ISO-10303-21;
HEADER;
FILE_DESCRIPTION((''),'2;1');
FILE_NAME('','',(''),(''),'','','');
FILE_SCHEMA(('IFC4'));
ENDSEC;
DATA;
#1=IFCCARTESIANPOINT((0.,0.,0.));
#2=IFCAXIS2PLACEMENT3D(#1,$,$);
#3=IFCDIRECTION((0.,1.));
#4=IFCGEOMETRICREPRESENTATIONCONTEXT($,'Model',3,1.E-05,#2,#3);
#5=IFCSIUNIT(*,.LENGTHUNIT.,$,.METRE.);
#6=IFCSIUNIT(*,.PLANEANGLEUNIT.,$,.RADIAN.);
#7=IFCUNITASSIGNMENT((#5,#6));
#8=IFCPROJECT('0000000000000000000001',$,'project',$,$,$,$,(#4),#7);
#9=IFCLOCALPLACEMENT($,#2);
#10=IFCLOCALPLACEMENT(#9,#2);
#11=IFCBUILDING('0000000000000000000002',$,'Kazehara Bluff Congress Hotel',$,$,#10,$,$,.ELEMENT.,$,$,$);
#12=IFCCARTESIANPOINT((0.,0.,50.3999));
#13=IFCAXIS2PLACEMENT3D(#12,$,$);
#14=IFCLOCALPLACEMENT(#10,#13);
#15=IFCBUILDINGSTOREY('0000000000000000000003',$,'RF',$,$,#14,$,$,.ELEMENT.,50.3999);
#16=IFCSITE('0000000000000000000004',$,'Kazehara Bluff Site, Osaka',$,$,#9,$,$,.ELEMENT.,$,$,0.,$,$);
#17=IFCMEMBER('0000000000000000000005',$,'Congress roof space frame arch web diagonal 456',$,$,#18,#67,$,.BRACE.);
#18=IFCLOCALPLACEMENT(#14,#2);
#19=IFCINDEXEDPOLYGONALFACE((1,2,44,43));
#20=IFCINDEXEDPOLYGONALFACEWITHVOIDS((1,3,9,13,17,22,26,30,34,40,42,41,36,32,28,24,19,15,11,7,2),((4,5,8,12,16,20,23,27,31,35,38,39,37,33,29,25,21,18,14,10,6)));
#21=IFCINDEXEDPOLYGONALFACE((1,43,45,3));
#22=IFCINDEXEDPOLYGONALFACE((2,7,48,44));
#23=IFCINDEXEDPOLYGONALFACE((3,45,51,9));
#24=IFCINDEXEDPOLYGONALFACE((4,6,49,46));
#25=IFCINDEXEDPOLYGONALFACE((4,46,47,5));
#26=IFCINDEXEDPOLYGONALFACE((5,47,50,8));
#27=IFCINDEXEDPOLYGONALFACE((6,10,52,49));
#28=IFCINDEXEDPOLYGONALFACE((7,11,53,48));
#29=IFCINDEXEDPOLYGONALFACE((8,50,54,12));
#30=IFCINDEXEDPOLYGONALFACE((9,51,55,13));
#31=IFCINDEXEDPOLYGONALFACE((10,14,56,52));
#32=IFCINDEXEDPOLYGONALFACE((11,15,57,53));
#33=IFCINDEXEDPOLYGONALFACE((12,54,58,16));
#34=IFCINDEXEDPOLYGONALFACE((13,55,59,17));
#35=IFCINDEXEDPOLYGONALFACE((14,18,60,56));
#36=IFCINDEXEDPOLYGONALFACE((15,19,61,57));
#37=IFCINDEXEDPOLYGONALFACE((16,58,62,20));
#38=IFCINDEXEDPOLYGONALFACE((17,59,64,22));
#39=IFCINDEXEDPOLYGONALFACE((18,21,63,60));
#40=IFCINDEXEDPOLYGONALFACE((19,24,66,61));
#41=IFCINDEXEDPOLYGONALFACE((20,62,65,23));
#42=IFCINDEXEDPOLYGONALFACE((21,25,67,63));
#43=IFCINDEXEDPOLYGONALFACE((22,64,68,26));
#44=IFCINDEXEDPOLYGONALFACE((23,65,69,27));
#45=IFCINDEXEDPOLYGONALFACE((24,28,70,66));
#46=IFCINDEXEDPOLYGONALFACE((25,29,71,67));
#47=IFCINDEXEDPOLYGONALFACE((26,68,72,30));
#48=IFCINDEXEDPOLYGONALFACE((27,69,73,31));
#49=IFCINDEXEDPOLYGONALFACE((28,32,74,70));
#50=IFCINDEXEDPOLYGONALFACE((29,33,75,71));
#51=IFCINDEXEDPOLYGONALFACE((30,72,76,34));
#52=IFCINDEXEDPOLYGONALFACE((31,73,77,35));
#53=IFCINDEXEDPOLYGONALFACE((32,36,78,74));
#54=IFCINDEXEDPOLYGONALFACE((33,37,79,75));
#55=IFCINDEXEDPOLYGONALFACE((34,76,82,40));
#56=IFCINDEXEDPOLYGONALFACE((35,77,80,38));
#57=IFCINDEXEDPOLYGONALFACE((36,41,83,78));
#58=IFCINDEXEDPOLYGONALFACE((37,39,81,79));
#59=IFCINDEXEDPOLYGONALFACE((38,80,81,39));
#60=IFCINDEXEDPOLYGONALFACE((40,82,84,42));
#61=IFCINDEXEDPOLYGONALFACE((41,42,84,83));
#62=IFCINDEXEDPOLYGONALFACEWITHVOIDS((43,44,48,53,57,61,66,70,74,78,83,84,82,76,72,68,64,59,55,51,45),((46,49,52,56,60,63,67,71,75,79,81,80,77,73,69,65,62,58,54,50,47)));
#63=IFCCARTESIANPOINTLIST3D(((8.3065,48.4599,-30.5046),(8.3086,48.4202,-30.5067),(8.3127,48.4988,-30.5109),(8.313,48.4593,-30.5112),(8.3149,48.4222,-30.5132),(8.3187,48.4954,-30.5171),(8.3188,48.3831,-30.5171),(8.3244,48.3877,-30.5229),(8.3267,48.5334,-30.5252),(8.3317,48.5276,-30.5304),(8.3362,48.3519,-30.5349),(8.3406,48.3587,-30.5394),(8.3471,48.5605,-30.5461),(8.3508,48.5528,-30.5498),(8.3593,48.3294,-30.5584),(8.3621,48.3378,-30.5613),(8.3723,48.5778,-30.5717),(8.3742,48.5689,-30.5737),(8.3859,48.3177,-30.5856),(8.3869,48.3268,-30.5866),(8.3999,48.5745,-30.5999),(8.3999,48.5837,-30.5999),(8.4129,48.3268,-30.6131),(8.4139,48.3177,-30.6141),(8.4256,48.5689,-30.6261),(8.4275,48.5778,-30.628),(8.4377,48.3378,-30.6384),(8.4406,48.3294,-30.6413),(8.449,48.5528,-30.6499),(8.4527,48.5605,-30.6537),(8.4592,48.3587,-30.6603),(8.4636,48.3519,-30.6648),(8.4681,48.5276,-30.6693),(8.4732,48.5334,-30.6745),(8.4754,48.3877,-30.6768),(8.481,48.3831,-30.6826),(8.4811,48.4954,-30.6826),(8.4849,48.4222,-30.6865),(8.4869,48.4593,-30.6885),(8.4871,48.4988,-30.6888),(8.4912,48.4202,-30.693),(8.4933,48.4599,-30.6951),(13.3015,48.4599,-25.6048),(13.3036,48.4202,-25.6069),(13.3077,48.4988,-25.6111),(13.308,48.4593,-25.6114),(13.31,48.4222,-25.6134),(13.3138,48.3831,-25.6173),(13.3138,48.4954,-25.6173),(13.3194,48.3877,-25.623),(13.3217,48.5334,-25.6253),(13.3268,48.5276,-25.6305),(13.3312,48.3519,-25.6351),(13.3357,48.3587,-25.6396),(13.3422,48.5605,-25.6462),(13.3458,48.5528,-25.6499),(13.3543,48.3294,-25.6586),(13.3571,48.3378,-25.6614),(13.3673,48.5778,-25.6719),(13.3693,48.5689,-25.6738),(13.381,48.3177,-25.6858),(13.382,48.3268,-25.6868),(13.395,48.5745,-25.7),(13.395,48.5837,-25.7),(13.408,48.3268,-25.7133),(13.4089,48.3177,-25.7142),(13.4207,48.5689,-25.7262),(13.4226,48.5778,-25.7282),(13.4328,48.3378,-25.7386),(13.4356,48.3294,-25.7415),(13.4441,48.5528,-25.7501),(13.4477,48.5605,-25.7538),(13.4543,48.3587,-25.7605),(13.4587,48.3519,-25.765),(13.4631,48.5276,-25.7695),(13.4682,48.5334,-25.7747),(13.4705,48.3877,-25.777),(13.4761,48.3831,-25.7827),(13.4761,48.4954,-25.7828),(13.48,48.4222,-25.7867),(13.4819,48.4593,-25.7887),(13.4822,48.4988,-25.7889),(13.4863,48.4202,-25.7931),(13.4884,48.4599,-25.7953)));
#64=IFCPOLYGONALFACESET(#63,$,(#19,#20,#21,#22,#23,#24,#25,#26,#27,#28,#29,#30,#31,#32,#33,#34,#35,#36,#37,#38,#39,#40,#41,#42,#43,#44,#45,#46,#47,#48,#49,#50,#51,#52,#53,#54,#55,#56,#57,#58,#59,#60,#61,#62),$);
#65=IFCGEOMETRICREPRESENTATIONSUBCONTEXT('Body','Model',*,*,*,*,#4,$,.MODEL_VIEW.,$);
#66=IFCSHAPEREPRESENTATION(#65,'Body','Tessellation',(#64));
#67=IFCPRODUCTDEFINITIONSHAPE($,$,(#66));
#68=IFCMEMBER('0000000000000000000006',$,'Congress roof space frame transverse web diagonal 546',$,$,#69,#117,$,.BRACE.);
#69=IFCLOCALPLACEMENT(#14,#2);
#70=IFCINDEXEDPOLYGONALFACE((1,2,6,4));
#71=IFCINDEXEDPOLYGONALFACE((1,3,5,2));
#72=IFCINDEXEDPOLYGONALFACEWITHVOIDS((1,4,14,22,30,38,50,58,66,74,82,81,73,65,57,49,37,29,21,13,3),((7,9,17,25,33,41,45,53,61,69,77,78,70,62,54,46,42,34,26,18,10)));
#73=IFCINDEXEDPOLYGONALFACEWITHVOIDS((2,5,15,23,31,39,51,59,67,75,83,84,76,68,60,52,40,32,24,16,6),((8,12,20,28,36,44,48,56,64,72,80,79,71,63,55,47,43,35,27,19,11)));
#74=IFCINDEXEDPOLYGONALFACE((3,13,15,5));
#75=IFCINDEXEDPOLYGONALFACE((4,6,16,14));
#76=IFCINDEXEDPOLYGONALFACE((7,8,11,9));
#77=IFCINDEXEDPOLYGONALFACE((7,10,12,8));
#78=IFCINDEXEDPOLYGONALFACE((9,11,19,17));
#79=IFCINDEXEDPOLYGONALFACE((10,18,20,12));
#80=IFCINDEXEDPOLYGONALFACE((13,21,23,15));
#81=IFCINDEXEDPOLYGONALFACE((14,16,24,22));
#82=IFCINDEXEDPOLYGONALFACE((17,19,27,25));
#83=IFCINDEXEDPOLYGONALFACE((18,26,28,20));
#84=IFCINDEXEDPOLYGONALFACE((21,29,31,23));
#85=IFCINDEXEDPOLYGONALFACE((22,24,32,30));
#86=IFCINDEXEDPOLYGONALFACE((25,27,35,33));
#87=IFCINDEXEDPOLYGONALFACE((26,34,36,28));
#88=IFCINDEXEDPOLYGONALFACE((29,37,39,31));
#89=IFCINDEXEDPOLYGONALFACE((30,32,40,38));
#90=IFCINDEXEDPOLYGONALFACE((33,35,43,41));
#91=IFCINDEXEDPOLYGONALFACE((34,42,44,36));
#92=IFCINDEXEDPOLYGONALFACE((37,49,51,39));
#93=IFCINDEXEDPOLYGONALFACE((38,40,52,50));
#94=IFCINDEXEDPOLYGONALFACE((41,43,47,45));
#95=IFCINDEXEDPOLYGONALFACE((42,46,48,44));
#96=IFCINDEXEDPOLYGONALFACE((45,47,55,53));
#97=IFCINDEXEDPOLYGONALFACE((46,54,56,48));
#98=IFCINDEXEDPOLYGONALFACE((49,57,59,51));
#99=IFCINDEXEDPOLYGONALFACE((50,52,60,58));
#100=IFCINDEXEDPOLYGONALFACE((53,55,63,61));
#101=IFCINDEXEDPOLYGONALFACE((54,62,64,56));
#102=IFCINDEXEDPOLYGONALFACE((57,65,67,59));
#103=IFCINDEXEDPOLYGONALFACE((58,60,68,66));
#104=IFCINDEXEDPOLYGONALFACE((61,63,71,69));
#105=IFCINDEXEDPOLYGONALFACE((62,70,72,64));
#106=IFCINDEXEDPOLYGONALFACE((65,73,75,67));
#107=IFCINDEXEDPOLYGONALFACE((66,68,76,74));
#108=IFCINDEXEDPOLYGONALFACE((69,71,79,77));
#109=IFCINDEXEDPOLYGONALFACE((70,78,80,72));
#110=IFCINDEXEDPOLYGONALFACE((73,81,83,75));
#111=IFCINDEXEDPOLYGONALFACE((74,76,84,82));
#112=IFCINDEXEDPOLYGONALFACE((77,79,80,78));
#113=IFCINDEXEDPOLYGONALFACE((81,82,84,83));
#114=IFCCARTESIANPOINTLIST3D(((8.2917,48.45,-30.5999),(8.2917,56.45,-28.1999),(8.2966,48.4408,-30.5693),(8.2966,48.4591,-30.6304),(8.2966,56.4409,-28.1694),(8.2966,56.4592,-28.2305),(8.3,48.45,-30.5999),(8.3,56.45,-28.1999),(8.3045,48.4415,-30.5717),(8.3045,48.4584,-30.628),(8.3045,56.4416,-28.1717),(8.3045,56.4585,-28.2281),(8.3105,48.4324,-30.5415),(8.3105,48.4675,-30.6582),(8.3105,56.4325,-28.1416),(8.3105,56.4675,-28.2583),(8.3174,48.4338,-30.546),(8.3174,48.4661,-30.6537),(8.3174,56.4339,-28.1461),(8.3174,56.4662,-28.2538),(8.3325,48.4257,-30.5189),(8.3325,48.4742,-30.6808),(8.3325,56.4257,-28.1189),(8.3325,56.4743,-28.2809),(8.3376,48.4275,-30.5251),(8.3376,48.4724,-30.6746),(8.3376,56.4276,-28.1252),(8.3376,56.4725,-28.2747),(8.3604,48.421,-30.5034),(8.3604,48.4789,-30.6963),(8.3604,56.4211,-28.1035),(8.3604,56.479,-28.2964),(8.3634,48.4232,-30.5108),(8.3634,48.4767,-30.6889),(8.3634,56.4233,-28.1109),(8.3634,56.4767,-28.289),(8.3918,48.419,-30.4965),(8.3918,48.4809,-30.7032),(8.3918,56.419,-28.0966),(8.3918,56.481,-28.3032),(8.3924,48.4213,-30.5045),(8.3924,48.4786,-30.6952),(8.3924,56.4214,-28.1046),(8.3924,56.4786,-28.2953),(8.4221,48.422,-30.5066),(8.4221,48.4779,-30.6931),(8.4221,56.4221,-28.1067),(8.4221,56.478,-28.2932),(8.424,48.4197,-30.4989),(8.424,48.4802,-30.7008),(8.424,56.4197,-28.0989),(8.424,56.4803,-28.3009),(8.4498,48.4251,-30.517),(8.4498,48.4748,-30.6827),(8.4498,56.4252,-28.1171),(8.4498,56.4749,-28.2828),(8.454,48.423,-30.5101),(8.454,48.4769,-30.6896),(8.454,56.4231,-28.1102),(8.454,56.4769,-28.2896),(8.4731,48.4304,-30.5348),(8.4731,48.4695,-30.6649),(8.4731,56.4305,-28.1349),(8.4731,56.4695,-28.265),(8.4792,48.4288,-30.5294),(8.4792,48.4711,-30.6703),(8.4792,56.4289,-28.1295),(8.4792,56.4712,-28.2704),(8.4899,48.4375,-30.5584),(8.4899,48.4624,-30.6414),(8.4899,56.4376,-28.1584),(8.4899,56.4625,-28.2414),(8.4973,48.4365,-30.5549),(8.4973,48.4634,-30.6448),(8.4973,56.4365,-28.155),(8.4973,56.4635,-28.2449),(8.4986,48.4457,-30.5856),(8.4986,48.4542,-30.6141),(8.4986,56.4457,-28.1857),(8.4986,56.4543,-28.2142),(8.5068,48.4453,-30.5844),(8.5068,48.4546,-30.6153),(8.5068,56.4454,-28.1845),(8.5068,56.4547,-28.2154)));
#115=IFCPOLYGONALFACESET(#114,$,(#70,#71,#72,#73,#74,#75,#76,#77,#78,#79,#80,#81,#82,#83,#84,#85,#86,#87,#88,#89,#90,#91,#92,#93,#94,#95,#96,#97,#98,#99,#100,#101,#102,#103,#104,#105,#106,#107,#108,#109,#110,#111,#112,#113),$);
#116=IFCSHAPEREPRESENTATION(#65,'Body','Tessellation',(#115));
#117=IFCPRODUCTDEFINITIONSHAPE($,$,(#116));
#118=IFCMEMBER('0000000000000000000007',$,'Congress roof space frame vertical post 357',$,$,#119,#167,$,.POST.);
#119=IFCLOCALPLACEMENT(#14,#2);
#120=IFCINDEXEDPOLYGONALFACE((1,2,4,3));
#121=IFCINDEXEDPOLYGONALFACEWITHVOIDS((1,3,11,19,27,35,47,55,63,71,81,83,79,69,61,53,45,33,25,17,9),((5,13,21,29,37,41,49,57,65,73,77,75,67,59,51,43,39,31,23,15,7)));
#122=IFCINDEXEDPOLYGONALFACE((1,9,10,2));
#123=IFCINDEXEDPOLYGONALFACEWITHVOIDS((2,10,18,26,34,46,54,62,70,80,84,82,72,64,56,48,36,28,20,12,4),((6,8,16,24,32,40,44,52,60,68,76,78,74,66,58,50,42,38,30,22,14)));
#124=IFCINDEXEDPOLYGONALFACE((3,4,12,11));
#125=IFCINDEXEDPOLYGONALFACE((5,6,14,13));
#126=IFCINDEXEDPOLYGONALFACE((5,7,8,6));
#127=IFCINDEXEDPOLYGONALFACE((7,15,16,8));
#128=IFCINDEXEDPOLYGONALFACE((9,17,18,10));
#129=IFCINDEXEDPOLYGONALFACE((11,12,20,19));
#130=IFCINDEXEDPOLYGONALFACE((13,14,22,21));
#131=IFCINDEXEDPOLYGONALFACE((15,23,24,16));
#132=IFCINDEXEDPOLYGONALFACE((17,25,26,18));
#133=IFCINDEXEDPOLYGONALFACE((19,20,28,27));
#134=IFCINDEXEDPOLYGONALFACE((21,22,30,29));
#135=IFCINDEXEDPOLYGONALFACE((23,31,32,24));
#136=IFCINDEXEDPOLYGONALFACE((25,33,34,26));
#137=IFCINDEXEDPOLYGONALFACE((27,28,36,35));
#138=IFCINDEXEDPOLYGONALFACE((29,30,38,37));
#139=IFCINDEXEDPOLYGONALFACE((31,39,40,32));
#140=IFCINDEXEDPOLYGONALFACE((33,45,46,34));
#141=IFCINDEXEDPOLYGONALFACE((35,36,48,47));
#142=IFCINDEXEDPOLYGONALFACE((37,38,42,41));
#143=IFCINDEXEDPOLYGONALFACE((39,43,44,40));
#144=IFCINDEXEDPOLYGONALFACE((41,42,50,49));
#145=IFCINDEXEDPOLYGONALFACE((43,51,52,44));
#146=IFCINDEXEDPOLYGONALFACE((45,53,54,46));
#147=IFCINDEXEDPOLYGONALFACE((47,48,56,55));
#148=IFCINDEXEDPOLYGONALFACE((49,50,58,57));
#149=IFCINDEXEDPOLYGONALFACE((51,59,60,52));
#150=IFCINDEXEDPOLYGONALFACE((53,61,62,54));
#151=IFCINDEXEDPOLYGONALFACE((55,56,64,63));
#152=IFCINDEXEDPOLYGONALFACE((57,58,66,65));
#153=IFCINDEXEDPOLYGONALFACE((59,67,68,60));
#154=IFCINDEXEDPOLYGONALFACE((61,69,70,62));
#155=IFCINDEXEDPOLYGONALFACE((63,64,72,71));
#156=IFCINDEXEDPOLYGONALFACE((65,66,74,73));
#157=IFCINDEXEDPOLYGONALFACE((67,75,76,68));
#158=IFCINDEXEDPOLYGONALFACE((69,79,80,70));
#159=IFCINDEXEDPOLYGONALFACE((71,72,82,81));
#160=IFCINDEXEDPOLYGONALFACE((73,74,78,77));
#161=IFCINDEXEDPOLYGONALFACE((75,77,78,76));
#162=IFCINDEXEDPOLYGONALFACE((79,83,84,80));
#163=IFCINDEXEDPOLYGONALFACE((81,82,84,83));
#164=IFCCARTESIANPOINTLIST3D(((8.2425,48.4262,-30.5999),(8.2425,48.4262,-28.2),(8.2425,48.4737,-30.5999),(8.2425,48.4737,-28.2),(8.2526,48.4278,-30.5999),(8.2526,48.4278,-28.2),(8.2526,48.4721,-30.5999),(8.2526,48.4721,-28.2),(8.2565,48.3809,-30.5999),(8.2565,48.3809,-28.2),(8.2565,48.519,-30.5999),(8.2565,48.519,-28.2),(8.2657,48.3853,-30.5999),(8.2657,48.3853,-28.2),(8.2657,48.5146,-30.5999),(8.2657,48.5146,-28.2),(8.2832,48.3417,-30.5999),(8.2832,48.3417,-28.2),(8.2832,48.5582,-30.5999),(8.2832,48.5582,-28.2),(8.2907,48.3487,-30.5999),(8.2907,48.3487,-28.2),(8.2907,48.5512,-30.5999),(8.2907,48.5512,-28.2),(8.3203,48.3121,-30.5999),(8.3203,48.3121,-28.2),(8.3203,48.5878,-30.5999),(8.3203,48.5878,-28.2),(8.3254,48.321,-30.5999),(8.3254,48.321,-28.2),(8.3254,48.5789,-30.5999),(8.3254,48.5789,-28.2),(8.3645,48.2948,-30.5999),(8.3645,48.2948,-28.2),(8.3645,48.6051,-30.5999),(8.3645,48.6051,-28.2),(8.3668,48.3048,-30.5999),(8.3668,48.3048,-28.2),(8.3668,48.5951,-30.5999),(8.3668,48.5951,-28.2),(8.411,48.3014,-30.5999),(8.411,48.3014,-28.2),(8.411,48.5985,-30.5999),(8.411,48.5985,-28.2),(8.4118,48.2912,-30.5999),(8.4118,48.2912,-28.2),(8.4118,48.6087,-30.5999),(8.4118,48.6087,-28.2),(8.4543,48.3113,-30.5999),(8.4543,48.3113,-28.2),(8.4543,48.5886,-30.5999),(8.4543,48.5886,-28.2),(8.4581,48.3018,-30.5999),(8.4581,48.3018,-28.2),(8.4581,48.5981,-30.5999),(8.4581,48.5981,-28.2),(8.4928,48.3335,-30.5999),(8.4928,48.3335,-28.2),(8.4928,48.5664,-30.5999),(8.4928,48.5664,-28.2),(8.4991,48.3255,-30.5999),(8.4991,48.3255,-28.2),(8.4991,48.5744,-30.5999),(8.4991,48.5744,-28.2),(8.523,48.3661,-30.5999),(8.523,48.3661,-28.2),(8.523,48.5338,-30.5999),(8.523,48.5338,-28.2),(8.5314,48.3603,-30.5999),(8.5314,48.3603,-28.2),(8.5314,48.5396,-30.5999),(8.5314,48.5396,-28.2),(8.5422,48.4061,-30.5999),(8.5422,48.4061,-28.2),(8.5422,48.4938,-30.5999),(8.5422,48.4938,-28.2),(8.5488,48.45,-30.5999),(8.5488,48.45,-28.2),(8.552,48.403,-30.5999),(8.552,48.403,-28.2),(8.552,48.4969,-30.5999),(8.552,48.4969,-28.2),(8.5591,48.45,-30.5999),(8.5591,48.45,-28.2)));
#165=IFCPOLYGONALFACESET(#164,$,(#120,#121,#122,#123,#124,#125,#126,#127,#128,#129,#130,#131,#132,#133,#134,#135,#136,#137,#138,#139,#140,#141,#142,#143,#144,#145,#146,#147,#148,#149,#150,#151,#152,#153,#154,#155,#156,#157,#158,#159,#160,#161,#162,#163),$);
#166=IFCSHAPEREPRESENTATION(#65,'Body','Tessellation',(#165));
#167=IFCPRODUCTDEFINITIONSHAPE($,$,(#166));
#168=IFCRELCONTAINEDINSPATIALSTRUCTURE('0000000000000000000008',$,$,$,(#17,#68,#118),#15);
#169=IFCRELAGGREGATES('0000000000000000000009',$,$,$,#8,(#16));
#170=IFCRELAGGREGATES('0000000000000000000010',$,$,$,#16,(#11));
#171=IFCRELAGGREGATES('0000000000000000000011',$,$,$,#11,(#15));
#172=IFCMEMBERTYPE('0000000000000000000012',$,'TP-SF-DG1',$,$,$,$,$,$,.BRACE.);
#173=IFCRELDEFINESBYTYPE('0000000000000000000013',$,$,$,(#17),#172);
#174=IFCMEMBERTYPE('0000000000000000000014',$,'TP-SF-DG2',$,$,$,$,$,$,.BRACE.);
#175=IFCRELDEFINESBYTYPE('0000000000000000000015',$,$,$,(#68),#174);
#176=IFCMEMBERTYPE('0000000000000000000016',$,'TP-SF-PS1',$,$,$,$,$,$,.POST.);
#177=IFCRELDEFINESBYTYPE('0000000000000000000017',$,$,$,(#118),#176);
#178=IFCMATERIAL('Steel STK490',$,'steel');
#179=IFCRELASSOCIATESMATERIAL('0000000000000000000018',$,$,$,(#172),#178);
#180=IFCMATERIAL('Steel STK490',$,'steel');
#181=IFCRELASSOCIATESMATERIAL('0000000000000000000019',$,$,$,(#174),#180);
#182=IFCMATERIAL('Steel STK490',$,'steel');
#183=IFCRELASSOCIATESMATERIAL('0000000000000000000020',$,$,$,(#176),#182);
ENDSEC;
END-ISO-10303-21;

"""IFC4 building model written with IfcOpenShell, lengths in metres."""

from ifc_helpers import new_model, si_unit, direction, frame, origin, origin_2d, place, context, subcontext, project, spatial, hollow_circle, extrude, material, material_profile, profile_set, type_object, element, save


model = new_model("IFC4")

# Units and contexts
model_context = context("Model", 3, precision=1e-05, world=origin(), true_north=direction((0.0, 1.0)))
body_context = subcontext(model_context, "Body", "Model", "MODEL_VIEW")
ifc_project = project(units=[si_unit("LENGTHUNIT", "METRE"), si_unit("PLANEANGLEUNIT", "RADIAN")], contexts=[model_context])

# Site, building, storey
site_placement = place(None, origin())
site = spatial("IfcSite", under=ifc_project, at=site_placement, Name="Kazehara Bluff Site, Osaka", CompositionType="ELEMENT", RefElevation=0.0)
building_placement = place(site_placement, origin())
building = spatial("IfcBuilding", under=site, at=building_placement, Name="Kazehara Bluff Congress Hotel", CompositionType="ELEMENT")
storey_placement = place(building_placement, frame((0.0, 0.0, 50.3999)))
storey = spatial("IfcBuildingStorey", under=building, at=storey_placement, Name="RF", CompositionType="ELEMENT", Elevation=50.3999)

# Members
ifc_material_1 = material(Name="Steel STK490", Category="steel")
ifc_material_profile_1 = material_profile(ifc_material_1, hollow_circle(Radius=0.1338, WallThickness=0.0093, at=origin_2d()))
ifc_profile_set_1 = profile_set([ifc_material_profile_1], Name="Steel STK490")
member_type_1 = type_object("IfcMemberType", Name="TP-SF-DG1", PredefinedType="BRACE", material=ifc_profile_set_1)
member_1_placement = place(storey_placement, frame((8.3999, 48.45, -30.5999), z_axis=(0.713878, 0.0, 0.70027), x_axis=(0.0, 1.0, 0.0)))
element("IfcMember", 1, at=member_1_placement, inside=storey, type_object=member_type_1, Name="Congress roof space frame arch web diagonal 456", PredefinedType="BRACE", context=body_context, shape_type="SweptSolid", body=[
    extrude(hollow_circle(Radius=0.1338, WallThickness=0.0093, at=origin_2d()), origin(), (0.0, 0.0, 1.0), 6.9971),
])
ifc_material_2 = material(Name="Steel STK490", Category="steel")
ifc_material_profile_2 = material_profile(ifc_material_2, hollow_circle(Radius=0.1082, WallThickness=0.0083, at=origin_2d()))
ifc_profile_set_2 = profile_set([ifc_material_profile_2], Name="Steel STK490")
member_type_2 = type_object("IfcMemberType", Name="TP-SF-DG2", PredefinedType="BRACE", material=ifc_profile_set_2)
member_2_placement = place(storey_placement, frame((8.3999, 48.45, -30.5999), z_axis=(0.0, 0.95783, 0.287337), x_axis=(-1.0, 0.0, 0.0)))
element("IfcMember", 2, at=member_2_placement, inside=storey, type_object=member_type_2, Name="Congress roof space frame transverse web diagonal 546", PredefinedType="BRACE", context=body_context, shape_type="SweptSolid", body=[
    extrude(hollow_circle(Radius=0.1082, WallThickness=0.0083, at=origin_2d()), origin(), (0.0, 0.0, 1.0), 8.3523),
])
ifc_material_3 = material(Name="Steel STK490", Category="steel")
ifc_material_profile_3 = material_profile(ifc_material_3, hollow_circle(Radius=0.1592, WallThickness=0.0103, at=origin_2d()))
ifc_profile_set_3 = profile_set([ifc_material_profile_3], Name="Steel STK490")
member_type_3 = type_object("IfcMemberType", Name="TP-SF-PS1", PredefinedType="POST", material=ifc_profile_set_3)
member_3_placement = place(storey_placement, frame((8.3999, 48.45, -30.5999), z_axis=(0.0, 0.0, 1.0), x_axis=(1.0, 0.0, 0.0)))
element("IfcMember", 3, at=member_3_placement, inside=storey, type_object=member_type_3, Name="Congress roof space frame vertical post 357", PredefinedType="POST", context=body_context, shape_type="SweptSolid", body=[
    extrude(hollow_circle(Radius=0.1592, WallThickness=0.0103, at=origin_2d()), origin(), (0.0, 0.0, 1.0), 2.3999),
])

save(model, "model.ifc")
